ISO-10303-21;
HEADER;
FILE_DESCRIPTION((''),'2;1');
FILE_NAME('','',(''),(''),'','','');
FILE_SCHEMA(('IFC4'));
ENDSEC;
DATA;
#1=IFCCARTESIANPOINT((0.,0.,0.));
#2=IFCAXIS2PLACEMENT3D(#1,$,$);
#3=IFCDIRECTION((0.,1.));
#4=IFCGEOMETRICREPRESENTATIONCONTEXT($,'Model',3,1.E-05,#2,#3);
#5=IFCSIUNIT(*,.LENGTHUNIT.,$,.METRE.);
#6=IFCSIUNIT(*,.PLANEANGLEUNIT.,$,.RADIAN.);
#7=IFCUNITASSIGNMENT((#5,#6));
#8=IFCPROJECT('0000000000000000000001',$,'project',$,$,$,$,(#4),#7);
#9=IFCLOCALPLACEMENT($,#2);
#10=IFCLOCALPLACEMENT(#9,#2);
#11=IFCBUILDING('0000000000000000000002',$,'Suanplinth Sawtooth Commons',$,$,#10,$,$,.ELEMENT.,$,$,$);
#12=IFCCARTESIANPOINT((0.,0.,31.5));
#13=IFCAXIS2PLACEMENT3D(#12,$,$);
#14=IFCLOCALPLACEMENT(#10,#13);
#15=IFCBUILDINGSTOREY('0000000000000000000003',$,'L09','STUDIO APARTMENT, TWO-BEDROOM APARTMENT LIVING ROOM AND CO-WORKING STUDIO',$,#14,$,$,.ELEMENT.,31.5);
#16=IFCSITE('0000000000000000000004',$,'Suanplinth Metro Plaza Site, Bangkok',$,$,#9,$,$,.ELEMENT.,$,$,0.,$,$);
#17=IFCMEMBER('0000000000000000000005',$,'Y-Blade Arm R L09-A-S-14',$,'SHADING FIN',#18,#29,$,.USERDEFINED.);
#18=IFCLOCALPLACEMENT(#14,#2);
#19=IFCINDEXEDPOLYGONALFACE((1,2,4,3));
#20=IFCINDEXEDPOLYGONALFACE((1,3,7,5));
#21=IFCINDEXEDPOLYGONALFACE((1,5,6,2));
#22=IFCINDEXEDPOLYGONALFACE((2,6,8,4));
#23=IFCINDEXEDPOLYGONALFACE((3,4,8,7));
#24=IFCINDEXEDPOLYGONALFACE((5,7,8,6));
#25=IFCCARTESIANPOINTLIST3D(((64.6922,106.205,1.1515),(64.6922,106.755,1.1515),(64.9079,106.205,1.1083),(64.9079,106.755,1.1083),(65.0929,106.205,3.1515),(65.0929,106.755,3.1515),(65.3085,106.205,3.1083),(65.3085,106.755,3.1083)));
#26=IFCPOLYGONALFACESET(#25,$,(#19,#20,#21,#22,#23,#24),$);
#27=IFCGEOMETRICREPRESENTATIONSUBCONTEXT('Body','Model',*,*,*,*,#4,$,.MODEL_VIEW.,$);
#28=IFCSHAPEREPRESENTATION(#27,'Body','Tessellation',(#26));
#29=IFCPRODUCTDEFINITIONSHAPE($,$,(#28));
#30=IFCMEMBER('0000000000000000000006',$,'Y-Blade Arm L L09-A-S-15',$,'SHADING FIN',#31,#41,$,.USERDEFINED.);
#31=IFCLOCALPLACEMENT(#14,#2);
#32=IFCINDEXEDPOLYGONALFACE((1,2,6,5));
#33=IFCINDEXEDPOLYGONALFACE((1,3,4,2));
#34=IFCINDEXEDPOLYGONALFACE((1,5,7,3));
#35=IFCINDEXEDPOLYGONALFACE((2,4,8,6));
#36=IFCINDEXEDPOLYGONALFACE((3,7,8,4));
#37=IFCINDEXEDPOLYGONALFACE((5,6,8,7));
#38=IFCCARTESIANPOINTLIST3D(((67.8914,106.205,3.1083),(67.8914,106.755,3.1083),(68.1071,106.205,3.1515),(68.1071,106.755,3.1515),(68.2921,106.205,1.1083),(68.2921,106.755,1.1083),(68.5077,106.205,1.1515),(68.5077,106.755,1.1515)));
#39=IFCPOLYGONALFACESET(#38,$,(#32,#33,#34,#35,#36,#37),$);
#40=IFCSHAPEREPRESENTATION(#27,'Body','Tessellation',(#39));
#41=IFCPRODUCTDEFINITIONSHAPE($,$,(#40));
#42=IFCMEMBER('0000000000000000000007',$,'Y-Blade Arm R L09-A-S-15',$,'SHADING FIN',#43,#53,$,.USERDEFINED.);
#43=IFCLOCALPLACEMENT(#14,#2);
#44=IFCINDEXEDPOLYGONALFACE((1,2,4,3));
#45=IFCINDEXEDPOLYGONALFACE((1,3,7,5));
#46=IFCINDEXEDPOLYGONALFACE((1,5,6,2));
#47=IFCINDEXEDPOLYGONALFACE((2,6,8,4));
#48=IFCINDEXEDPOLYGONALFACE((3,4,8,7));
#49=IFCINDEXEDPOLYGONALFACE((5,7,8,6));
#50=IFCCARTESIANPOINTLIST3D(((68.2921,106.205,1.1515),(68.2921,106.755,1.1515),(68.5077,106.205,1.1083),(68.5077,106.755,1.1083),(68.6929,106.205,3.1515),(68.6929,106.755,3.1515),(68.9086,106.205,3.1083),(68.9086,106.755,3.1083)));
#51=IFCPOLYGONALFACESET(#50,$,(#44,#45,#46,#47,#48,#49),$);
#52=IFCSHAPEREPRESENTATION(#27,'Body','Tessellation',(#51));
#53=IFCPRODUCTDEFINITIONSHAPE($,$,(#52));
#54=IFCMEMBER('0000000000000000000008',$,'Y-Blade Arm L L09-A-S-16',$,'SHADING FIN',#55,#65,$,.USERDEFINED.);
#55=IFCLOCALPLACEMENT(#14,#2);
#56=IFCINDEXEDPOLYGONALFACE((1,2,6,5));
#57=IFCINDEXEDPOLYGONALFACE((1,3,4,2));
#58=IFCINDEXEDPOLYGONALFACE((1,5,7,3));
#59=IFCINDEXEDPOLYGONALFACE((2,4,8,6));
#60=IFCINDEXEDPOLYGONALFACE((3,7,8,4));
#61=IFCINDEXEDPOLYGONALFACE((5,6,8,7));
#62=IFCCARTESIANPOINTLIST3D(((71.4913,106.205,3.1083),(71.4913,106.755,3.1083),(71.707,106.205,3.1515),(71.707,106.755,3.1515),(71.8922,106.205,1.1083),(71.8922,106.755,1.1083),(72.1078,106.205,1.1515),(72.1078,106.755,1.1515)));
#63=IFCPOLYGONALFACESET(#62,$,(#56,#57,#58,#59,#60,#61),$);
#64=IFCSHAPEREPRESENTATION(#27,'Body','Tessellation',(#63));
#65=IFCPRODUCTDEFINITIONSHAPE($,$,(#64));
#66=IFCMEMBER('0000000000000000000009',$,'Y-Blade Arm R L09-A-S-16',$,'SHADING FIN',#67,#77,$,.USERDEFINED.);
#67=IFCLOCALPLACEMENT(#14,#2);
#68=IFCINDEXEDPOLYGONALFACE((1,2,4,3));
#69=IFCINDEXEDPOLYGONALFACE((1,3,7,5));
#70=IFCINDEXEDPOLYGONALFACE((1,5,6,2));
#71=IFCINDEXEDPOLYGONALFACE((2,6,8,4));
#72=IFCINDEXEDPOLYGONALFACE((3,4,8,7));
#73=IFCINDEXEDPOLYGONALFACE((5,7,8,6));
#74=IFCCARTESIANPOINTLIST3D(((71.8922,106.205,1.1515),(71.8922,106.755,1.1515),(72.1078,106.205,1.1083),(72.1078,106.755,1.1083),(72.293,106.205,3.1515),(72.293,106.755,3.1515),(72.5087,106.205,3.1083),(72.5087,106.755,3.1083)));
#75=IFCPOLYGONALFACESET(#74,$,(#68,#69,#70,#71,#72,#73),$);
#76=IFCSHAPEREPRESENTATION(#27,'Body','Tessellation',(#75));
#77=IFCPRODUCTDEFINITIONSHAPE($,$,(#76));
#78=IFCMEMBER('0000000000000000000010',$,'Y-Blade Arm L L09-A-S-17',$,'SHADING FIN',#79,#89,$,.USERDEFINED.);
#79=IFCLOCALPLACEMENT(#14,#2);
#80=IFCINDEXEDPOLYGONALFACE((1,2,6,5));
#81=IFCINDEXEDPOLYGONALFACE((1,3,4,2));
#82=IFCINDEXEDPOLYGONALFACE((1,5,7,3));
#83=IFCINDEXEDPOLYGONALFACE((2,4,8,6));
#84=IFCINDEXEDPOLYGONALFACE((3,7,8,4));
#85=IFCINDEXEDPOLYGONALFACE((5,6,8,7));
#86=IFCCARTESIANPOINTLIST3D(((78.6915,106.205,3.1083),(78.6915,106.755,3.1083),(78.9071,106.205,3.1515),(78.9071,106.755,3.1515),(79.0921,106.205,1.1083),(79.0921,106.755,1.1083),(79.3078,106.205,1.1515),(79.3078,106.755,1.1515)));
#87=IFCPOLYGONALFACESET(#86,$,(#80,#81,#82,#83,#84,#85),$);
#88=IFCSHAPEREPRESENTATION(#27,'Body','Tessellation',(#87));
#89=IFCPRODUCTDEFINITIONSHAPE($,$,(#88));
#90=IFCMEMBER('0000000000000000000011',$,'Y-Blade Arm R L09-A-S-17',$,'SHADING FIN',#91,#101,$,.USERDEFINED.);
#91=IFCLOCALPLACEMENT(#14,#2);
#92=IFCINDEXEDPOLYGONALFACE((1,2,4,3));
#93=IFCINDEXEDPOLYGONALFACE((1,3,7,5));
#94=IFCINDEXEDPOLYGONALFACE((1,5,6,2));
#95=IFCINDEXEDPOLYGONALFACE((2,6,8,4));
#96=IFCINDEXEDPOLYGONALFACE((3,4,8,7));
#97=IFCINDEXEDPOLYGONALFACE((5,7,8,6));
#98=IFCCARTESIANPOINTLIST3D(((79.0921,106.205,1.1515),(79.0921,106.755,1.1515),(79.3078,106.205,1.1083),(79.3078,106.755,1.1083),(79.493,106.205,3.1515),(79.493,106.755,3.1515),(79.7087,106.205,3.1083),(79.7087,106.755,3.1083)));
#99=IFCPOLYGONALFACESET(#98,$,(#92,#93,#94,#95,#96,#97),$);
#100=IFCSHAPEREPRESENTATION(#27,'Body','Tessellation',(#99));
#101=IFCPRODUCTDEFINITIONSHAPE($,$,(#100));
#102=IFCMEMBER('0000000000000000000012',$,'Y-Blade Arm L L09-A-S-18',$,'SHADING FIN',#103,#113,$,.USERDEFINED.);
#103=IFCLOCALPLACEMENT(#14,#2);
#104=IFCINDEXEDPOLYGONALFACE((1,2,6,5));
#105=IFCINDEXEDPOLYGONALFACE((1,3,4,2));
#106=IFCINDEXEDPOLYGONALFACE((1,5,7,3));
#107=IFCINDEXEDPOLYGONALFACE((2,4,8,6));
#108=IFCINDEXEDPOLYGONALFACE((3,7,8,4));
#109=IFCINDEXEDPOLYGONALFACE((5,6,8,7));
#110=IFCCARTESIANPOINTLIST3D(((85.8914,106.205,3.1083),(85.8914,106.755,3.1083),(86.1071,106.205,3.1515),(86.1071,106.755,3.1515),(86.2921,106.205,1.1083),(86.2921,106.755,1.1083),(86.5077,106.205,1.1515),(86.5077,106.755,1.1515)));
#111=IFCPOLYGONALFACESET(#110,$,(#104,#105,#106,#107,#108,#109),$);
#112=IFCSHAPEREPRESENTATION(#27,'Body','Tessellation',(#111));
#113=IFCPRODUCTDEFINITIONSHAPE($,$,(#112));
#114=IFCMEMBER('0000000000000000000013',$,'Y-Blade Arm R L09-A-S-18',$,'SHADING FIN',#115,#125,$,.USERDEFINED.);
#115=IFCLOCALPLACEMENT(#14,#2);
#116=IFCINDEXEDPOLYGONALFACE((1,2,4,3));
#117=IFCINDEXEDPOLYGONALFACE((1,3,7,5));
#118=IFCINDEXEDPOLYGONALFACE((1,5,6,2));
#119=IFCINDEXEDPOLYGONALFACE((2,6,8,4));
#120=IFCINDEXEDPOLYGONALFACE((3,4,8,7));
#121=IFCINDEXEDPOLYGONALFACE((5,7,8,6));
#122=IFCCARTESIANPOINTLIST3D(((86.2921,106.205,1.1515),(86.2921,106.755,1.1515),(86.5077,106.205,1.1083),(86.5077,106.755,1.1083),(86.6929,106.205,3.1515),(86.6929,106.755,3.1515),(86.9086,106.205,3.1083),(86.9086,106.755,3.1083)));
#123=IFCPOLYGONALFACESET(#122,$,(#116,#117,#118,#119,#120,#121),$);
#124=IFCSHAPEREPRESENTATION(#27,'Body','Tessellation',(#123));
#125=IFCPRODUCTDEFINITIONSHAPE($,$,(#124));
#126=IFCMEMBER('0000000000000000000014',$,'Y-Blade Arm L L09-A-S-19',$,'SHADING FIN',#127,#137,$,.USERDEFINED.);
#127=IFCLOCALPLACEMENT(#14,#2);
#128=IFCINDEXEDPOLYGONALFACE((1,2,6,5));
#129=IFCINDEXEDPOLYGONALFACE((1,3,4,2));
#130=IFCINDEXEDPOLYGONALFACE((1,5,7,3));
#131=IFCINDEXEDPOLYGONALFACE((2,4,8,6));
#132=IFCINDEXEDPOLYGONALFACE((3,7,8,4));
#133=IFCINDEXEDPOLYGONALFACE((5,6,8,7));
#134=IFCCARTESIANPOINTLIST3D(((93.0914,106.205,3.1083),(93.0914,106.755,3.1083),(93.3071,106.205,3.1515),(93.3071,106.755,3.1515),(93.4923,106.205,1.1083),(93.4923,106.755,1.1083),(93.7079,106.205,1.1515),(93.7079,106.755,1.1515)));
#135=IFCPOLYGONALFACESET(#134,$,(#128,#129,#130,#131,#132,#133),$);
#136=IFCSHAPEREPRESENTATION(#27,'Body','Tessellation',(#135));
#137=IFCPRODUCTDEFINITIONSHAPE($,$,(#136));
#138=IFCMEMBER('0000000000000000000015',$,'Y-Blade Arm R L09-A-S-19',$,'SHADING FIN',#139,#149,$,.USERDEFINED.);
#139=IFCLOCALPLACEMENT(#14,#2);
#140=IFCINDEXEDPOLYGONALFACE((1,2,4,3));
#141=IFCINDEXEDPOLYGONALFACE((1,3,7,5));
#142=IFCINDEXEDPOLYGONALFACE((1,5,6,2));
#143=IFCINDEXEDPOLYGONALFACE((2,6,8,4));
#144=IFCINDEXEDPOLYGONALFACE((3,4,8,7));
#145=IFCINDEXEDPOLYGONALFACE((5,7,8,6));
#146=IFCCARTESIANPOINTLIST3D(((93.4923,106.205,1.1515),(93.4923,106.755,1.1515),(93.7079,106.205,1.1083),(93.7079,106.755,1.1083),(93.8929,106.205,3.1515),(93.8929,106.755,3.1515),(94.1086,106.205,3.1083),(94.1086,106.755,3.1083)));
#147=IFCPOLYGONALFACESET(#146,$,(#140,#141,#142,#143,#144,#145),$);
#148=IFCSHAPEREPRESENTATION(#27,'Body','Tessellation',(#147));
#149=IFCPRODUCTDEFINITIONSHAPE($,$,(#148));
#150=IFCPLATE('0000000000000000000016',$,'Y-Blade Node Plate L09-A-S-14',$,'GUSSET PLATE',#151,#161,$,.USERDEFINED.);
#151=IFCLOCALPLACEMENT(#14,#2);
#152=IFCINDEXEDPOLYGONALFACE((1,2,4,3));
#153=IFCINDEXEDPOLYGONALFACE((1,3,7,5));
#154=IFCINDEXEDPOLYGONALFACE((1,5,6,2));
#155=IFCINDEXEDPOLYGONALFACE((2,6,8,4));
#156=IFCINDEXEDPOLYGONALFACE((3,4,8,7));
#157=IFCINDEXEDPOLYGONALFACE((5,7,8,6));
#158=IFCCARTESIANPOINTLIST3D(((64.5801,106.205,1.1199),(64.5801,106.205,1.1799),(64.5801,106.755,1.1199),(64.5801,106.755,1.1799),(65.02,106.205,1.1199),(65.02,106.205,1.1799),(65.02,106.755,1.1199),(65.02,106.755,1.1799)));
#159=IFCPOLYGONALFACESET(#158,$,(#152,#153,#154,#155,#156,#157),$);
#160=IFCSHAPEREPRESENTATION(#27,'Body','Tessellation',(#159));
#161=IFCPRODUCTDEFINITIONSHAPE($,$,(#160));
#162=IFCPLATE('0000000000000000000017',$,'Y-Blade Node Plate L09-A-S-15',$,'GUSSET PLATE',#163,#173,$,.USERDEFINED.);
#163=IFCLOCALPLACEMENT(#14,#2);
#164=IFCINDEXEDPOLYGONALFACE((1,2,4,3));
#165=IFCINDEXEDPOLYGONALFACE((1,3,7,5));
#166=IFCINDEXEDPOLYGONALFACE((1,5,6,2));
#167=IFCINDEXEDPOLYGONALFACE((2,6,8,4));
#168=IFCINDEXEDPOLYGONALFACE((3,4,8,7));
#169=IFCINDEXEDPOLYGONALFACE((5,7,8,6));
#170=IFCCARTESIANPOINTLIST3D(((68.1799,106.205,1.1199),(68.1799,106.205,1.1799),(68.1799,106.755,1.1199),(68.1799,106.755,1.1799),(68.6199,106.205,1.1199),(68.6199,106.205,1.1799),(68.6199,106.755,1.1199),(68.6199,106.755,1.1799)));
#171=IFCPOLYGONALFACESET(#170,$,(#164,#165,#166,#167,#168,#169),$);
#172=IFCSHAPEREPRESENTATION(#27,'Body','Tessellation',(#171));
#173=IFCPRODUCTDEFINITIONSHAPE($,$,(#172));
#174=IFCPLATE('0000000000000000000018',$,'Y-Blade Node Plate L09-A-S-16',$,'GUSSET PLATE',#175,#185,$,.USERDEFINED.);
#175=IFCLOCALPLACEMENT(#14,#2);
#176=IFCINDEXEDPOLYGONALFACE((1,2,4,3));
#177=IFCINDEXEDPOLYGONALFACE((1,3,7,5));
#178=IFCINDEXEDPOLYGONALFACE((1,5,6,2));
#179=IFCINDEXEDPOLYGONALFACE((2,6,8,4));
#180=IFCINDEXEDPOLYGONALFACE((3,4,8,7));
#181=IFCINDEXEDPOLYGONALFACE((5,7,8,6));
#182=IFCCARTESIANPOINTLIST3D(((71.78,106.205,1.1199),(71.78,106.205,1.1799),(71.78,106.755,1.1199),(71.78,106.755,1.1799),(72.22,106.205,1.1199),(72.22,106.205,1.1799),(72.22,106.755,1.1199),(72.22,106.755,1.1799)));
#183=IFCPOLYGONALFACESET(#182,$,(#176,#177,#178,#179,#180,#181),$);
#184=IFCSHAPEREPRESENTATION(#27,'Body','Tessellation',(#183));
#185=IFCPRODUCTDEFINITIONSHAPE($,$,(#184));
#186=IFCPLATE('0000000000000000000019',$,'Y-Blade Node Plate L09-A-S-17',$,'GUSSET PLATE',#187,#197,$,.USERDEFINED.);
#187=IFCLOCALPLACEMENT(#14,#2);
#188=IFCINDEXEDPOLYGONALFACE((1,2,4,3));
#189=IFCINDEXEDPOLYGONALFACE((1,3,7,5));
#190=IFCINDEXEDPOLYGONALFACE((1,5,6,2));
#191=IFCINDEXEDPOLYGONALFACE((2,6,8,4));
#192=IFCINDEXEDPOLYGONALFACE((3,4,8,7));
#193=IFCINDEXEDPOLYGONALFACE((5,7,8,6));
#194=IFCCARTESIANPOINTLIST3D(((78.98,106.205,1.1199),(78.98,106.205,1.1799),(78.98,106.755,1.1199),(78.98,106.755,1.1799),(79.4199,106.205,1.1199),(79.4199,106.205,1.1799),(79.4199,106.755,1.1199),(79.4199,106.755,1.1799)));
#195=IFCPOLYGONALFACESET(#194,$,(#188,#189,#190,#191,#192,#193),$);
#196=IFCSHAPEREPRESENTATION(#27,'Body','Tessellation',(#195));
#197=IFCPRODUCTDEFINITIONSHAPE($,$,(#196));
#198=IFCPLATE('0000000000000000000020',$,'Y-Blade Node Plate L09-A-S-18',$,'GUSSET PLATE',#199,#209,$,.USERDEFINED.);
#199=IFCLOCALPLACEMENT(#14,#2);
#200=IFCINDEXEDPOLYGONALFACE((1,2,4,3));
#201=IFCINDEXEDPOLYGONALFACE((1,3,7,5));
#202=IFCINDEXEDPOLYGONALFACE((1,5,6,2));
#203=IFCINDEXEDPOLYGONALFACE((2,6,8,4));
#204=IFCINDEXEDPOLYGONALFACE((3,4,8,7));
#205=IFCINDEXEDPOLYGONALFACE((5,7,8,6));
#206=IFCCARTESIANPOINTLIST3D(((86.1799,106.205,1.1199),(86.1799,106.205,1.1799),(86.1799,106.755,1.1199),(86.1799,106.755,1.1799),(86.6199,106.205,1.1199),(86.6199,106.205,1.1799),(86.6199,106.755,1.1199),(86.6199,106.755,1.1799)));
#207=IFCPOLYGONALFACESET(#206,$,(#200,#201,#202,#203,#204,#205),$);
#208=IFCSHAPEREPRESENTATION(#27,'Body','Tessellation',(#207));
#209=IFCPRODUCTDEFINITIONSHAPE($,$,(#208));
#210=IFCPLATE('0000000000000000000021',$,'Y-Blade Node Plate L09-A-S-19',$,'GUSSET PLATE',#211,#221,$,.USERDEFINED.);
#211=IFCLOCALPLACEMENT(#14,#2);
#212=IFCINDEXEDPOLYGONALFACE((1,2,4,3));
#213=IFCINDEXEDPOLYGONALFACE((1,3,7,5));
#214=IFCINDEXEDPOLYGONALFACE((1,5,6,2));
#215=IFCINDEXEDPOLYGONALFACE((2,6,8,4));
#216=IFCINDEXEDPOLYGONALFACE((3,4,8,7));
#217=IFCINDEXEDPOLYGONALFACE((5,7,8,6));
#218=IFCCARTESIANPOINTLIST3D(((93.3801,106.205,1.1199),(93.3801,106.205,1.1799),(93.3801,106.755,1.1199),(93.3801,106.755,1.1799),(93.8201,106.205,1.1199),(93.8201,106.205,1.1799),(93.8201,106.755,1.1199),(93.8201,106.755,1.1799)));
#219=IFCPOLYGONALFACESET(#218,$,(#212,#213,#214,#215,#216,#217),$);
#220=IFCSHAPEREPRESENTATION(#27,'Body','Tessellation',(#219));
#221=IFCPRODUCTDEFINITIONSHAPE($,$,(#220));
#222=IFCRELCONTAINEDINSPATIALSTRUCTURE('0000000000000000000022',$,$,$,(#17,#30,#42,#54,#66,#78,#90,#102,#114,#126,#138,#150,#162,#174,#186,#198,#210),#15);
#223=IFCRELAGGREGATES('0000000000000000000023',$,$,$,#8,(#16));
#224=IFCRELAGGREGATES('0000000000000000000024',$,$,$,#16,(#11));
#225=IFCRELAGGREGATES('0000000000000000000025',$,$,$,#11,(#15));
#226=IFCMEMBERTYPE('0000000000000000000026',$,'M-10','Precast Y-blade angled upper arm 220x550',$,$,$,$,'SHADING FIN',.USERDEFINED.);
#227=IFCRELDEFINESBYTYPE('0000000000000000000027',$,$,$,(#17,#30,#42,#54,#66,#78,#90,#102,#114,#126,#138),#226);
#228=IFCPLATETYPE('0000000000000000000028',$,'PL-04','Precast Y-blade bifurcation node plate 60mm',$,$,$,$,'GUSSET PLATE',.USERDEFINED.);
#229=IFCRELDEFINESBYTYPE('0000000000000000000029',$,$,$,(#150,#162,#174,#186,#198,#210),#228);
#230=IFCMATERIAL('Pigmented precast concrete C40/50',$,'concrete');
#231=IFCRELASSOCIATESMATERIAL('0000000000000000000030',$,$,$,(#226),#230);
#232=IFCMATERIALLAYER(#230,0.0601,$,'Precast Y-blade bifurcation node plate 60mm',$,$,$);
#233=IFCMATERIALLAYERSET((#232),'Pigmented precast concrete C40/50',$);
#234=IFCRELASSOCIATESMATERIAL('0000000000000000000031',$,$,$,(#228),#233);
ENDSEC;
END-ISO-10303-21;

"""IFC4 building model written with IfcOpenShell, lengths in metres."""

from ifc_helpers import new_model, si_unit, direction, frame, origin, origin_2d, place, context, subcontext, project, spatial, rectangle, extrude, material, layer, layer_set, material_profile, profile_set, type_object, element, save


model = new_model("IFC4")

# Units and contexts
model_context = context("Model", 3, precision=1e-05, world=origin(), true_north=direction((0.0, 1.0)))
body_context = subcontext(model_context, "Body", "Model", "MODEL_VIEW")
ifc_project = project(units=[si_unit("LENGTHUNIT", "METRE"), si_unit("PLANEANGLEUNIT", "RADIAN")], contexts=[model_context])

# Site, building, storey
site_placement = place(None, origin())
site = spatial("IfcSite", under=ifc_project, at=site_placement, Name="Suanplinth Metro Plaza Site, Bangkok", CompositionType="ELEMENT", RefElevation=0.0)
building_placement = place(site_placement, origin())
building = spatial("IfcBuilding", under=site, at=building_placement, Name="Suanplinth Sawtooth Commons", CompositionType="ELEMENT")
storey_placement = place(building_placement, frame((0.0, 0.0, 31.5)))
storey = spatial("IfcBuildingStorey", under=building, at=storey_placement, Name="L09", Description="STUDIO APARTMENT, TWO-BEDROOM APARTMENT LIVING ROOM AND CO-WORKING STUDIO", CompositionType="ELEMENT", Elevation=31.5)

# Members
ifc_material_1 = material(Name="Pigmented precast concrete C40/50", Category="concrete")
ifc_material_profile_1 = material_profile(ifc_material_1, rectangle(XDim=0.22, YDim=0.55, at=origin_2d()), Name="PC-FIN 220x550")
ifc_profile_set_1 = profile_set([ifc_material_profile_1], Name="Pigmented precast concrete C40/50")
member_type_1 = type_object("IfcMemberType", Name="M-10", Description="Precast Y-blade angled upper arm 220x550", ElementType="SHADING FIN", PredefinedType="USERDEFINED", material=ifc_profile_set_1)
for number, where, z_axis, x_axis, name in (
    (1, (64.8, 106.48, 1.1299), (0.196415, 0.0, 0.980521), (-0.980521, 0.0, 0.196415), "Y-Blade Arm R L09-A-S-14"),
    (2, (68.3999, 106.48, 1.1299), (-0.196415, 0.0, 0.980521), (0.980521, 0.0, 0.196415), "Y-Blade Arm L L09-A-S-15"),
    (3, (68.3999, 106.48, 1.1299), (0.19653, 0.0, 0.980498), (-0.980498, 0.0, 0.19653), "Y-Blade Arm R L09-A-S-15"),
    (4, (72.0, 106.48, 1.1299), (-0.19653, 0.0, 0.980498), (0.980498, 0.0, 0.19653), "Y-Blade Arm L L09-A-S-16"),
    (5, (72.0, 106.48, 1.1299), (0.19653, 0.0, 0.980498), (-0.980498, 0.0, 0.19653), "Y-Blade Arm R L09-A-S-16"),
    (6, (79.2, 106.48, 1.1299), (-0.196415, 0.0, 0.980521), (0.980521, 0.0, 0.196415), "Y-Blade Arm L L09-A-S-17"),
    (7, (79.2, 106.48, 1.1299), (0.19653, 0.0, 0.980498), (-0.980498, 0.0, 0.19653), "Y-Blade Arm R L09-A-S-17"),
    (8, (86.3999, 106.48, 1.1299), (-0.196415, 0.0, 0.980521), (0.980521, 0.0, 0.196415), "Y-Blade Arm L L09-A-S-18"),
    (9, (86.3999, 106.48, 1.1299), (0.19653, 0.0, 0.980498), (-0.980498, 0.0, 0.19653), "Y-Blade Arm R L09-A-S-18"),
    (10, (93.6001, 106.48, 1.1299), (-0.19653, 0.0, 0.980498), (0.980498, 0.0, 0.19653), "Y-Blade Arm L L09-A-S-19"),
    (11, (93.6001, 106.48, 1.1299), (0.196415, 0.0, 0.980521), (-0.980521, 0.0, 0.196415), "Y-Blade Arm R L09-A-S-19"),
):
    element("IfcMember", number, at=place(storey_placement, frame(where, z_axis=z_axis, x_axis=x_axis)), inside=storey, type_object=member_type_1, Name=name, ObjectType="SHADING FIN", PredefinedType="USERDEFINED", context=body_context, shape_type="SweptSolid", body=[
        extrude(rectangle(XDim=0.22, YDim=0.55, at=origin_2d()), origin(), (0.0, 0.0, 1.0), 2.0398),
    ])

# Plates
ifc_layer_1 = layer(ifc_material_1, 0.0601, Name="Precast Y-blade bifurcation node plate 60mm")
ifc_layer_set_1 = layer_set([ifc_layer_1], Name="Pigmented precast concrete C40/50")
plate_type = type_object("IfcPlateType", Name="PL-04", Description="Precast Y-blade bifurcation node plate 60mm", ElementType="GUSSET PLATE", PredefinedType="USERDEFINED", material=ifc_layer_set_1)
for number, where, z_axis, x_axis, name in (
    (12, (64.8, 106.48, 1.1199), (0.0, 0.0, 1.0), (1.0, 0.0, 0.0), "Y-Blade Node Plate L09-A-S-14"),
    (13, (68.3999, 106.48, 1.1199), (0.0, 0.0, 1.0), (1.0, 0.0, 0.0), "Y-Blade Node Plate L09-A-S-15"),
    (14, (72.0, 106.48, 1.1199), (0.0, 0.0, 1.0), (1.0, 0.0, 0.0), "Y-Blade Node Plate L09-A-S-16"),
    (15, (79.2, 106.48, 1.1199), (0.0, 0.0, 1.0), (1.0, 0.0, 0.0), "Y-Blade Node Plate L09-A-S-17"),
    (16, (86.3999, 106.48, 1.1199), (0.0, 0.0, 1.0), (1.0, 0.0, 0.0), "Y-Blade Node Plate L09-A-S-18"),
    (17, (93.6001, 106.48, 1.1199), (0.0, 0.0, 1.0), (1.0, 0.0, 0.0), "Y-Blade Node Plate L09-A-S-19"),
):
    element("IfcPlate", number, at=place(storey_placement, frame(where, z_axis=z_axis, x_axis=x_axis)), inside=storey, type_object=plate_type, Name=name, ObjectType="GUSSET PLATE", PredefinedType="USERDEFINED", context=body_context, shape_type="SweptSolid", body=[
        extrude(rectangle(XDim=0.4399, YDim=0.55, at=origin_2d()), origin(), (0.0, 0.0, 1.0), 0.0601),
    ])

save(model, "model.ifc")
